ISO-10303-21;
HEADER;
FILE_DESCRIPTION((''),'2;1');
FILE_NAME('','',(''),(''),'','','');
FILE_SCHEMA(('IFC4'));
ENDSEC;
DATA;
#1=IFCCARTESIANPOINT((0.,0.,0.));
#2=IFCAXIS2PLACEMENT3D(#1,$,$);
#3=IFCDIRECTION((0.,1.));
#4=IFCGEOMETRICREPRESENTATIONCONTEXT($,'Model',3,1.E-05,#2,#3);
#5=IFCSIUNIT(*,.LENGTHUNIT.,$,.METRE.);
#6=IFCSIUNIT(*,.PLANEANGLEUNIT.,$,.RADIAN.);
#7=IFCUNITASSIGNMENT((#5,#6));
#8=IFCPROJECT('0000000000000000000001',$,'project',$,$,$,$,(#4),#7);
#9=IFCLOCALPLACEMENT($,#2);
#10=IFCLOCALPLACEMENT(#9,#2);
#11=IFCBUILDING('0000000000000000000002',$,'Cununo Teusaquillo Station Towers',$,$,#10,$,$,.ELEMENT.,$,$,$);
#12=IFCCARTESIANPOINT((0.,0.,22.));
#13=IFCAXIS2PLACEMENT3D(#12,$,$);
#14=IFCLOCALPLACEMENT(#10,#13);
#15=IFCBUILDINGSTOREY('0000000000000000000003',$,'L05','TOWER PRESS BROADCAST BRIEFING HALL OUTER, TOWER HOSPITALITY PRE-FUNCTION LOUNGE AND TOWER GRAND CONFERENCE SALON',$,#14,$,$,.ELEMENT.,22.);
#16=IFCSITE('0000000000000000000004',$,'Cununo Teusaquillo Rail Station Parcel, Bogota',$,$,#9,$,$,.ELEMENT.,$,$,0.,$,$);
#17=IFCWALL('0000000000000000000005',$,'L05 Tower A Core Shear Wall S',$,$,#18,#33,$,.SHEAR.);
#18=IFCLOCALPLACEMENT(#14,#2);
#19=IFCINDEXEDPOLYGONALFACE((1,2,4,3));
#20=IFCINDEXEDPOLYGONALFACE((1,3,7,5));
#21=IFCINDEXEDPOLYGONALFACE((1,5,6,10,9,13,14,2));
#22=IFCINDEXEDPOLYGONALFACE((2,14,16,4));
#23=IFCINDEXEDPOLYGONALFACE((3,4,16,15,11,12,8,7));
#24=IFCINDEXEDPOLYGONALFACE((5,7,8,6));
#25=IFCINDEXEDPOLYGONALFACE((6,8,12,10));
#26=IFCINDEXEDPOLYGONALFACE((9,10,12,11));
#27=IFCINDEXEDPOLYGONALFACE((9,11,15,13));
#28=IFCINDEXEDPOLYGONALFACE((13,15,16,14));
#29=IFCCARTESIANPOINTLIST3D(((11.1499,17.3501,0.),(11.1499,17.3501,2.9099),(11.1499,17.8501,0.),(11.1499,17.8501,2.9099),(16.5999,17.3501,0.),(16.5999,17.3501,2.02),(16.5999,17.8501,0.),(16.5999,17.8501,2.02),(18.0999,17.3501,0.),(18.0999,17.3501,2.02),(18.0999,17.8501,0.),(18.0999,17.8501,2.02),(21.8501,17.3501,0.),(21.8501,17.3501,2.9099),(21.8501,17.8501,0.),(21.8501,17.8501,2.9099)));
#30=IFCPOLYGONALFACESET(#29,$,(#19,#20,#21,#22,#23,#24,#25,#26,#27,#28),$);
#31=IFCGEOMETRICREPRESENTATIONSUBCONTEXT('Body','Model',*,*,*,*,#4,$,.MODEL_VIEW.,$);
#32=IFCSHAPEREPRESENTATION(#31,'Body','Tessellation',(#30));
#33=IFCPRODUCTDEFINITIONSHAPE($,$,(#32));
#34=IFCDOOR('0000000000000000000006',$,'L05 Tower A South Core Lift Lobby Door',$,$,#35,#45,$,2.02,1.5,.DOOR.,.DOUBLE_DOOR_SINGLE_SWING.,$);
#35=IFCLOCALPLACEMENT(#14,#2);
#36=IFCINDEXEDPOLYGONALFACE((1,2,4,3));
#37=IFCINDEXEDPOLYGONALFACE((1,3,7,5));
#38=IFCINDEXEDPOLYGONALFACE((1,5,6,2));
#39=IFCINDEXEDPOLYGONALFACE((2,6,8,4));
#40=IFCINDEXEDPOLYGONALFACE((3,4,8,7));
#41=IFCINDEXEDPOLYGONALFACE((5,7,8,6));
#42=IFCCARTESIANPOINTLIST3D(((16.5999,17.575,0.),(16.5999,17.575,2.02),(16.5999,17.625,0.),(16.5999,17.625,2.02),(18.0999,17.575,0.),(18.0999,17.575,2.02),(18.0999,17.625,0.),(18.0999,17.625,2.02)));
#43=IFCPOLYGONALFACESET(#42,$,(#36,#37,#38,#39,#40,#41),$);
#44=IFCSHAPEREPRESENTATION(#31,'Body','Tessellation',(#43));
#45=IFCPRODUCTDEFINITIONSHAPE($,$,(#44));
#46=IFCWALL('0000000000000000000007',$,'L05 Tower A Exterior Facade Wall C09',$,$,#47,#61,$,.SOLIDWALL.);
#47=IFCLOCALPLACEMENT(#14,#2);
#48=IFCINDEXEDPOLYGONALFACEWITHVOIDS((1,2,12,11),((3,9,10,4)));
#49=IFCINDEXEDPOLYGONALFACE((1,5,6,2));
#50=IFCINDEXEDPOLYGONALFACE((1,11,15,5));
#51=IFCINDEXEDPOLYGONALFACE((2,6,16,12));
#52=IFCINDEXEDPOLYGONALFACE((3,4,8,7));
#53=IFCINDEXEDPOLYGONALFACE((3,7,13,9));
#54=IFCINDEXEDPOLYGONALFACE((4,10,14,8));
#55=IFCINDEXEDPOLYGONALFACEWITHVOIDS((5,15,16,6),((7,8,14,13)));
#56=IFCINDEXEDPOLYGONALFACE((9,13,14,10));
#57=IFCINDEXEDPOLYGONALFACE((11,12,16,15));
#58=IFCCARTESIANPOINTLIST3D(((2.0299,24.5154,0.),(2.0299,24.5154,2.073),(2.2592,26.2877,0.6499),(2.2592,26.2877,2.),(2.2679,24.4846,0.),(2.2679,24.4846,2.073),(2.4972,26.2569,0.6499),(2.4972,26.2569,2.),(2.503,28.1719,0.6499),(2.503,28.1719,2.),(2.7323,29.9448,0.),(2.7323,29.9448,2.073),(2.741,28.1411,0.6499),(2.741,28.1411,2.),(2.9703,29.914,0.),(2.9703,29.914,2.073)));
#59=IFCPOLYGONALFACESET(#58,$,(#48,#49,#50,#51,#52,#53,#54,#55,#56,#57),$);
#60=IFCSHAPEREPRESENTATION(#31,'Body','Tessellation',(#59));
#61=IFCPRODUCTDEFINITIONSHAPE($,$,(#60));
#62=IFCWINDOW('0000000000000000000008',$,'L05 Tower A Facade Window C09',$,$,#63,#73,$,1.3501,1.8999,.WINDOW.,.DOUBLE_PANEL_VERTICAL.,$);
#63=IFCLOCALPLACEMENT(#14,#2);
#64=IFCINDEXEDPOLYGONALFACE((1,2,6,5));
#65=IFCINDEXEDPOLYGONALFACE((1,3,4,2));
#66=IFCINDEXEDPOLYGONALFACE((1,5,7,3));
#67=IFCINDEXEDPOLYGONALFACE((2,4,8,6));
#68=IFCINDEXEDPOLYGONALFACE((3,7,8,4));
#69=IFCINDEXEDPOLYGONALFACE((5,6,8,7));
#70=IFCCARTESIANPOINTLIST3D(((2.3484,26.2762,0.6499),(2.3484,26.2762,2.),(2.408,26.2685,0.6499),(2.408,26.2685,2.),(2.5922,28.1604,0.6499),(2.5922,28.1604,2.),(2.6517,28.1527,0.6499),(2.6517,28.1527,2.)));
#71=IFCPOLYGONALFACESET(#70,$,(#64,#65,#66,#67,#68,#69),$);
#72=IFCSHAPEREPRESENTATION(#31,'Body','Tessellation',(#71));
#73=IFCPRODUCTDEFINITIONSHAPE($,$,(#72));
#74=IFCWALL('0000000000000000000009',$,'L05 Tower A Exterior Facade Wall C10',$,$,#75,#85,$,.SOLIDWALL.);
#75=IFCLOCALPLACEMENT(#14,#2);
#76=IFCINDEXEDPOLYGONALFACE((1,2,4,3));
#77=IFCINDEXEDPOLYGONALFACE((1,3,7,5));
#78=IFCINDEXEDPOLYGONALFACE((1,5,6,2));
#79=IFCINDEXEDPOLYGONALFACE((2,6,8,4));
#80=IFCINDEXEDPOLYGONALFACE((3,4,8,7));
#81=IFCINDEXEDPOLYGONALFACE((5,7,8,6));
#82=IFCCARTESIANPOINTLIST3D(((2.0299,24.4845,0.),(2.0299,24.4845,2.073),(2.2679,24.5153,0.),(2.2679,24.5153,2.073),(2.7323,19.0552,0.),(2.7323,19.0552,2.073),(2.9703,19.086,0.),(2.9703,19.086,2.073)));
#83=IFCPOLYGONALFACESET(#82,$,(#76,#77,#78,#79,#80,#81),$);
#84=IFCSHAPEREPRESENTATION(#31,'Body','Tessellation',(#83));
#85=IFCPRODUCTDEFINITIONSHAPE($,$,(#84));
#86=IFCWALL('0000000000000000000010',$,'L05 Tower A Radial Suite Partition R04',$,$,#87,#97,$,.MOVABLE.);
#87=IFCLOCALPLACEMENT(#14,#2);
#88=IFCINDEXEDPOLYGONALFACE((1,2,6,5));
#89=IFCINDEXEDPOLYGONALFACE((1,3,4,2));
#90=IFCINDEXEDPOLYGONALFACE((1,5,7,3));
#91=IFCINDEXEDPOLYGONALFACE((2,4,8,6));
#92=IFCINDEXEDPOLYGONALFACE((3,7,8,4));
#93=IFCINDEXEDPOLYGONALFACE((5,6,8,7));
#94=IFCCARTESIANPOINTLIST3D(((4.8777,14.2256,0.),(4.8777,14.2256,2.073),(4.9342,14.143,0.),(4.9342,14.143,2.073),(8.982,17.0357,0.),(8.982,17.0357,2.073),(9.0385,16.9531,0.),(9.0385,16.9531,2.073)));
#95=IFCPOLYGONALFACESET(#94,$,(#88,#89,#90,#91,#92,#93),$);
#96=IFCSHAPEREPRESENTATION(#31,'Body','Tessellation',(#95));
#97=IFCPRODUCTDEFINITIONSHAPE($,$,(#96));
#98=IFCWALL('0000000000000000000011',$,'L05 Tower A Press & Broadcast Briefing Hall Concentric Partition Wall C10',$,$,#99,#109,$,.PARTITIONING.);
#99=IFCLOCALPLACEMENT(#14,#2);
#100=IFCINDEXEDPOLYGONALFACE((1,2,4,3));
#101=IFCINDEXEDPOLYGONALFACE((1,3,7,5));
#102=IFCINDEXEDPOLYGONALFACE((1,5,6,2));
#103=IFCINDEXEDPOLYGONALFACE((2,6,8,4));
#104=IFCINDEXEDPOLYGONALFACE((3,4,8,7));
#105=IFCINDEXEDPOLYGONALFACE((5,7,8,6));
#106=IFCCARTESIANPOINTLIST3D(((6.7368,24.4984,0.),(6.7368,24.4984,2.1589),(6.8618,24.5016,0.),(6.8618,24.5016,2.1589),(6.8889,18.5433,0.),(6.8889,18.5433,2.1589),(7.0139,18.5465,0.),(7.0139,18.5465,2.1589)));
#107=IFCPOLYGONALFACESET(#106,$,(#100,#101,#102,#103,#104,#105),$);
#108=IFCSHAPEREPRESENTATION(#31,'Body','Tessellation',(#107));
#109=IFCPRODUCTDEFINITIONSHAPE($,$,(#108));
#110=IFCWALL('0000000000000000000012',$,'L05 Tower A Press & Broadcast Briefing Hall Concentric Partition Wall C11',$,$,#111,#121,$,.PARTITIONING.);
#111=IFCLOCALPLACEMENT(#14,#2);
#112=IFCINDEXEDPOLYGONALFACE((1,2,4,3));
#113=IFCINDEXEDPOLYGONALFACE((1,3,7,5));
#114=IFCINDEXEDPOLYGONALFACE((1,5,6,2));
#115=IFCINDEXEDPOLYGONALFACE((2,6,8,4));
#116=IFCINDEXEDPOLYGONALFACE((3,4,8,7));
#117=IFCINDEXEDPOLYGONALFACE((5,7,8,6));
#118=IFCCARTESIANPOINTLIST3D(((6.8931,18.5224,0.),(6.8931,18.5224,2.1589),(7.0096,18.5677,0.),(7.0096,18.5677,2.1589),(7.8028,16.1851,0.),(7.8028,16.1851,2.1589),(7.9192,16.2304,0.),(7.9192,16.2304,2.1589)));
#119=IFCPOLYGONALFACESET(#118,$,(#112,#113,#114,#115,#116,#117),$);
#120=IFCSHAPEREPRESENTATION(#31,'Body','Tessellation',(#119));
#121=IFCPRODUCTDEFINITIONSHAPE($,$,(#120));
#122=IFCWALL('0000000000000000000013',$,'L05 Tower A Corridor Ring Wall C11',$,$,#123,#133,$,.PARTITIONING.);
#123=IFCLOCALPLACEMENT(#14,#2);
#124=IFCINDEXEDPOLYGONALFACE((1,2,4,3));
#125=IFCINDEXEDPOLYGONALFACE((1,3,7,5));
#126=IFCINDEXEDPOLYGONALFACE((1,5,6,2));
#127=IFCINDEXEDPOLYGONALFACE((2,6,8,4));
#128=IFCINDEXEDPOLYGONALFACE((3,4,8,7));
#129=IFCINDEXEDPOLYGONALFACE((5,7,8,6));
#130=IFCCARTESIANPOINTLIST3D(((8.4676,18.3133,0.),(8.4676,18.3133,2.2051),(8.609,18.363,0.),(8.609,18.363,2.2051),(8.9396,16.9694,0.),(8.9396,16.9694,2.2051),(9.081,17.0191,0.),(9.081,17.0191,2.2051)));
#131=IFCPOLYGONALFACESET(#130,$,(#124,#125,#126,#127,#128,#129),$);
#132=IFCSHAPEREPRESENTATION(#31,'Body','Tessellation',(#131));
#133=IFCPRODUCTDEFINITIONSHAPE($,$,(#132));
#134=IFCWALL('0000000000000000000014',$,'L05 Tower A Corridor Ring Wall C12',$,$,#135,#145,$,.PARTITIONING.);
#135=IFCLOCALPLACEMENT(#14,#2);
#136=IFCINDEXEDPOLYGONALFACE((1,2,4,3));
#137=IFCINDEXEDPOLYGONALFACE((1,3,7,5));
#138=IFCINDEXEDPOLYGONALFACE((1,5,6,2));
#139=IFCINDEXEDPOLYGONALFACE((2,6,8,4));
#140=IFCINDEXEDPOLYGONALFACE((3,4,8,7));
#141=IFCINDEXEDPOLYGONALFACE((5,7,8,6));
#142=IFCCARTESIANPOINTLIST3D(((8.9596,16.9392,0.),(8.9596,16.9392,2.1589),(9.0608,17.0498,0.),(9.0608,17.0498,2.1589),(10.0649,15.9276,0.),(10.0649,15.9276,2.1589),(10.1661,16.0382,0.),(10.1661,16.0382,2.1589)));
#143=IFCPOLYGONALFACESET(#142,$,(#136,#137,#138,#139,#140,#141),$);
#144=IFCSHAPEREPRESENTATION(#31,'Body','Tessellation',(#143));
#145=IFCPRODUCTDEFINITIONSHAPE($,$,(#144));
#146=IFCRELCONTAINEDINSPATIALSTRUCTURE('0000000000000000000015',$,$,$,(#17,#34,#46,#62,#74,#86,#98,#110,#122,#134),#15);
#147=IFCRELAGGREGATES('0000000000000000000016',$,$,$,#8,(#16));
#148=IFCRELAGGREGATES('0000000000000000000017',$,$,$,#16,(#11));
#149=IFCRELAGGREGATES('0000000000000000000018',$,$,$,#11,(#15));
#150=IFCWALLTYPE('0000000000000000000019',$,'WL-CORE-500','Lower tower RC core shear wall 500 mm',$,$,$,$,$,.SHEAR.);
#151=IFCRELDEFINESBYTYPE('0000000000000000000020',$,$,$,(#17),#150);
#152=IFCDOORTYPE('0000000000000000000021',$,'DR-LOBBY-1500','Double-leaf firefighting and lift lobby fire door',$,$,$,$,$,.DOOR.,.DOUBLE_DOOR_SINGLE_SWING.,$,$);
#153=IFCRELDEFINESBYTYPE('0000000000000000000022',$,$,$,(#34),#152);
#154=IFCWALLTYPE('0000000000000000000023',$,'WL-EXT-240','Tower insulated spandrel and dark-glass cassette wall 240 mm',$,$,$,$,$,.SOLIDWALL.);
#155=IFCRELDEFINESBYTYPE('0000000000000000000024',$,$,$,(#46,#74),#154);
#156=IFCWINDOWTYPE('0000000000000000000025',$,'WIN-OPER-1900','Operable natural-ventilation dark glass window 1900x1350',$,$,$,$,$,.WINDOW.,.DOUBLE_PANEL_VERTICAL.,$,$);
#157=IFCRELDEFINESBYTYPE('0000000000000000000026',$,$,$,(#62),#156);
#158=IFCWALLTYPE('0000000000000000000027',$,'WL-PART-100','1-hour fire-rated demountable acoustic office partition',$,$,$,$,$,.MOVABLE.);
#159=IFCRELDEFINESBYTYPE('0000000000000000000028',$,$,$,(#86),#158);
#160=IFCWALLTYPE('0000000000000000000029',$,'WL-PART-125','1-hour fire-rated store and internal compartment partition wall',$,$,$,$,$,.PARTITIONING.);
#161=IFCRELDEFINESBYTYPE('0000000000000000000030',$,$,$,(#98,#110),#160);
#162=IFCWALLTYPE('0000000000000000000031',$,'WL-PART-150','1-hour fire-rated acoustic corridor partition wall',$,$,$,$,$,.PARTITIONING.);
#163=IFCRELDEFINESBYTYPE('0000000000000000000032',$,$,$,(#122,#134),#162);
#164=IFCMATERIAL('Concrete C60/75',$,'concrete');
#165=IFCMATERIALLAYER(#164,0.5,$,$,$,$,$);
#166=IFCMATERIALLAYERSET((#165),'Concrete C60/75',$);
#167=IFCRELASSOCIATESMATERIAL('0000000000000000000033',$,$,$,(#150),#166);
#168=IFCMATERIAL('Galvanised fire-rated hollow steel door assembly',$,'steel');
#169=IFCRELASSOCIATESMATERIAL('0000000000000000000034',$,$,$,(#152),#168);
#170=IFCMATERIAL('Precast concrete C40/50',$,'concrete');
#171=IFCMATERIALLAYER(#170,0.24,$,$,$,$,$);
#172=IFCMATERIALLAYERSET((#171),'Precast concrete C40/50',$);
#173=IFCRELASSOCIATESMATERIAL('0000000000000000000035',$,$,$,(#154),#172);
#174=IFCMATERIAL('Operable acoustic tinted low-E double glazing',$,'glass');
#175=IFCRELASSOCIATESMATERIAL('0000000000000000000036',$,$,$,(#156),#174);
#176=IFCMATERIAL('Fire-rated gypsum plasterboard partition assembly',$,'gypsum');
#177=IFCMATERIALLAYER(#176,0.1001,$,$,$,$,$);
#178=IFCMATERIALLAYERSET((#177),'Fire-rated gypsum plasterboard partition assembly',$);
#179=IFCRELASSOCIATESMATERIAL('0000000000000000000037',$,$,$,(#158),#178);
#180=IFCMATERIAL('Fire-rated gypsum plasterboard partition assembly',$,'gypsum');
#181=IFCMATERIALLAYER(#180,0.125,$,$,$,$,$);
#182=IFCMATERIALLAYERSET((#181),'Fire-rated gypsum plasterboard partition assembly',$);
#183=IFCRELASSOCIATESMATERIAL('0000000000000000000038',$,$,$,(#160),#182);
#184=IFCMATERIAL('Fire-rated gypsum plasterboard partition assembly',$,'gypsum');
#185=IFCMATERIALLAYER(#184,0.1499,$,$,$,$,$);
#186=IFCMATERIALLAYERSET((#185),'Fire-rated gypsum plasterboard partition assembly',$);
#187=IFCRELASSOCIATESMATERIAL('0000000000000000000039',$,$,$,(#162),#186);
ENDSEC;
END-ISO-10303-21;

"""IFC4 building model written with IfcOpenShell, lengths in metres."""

from ifc_helpers import new_model, si_unit, direction, frame, frame_2d, origin, place, context, subcontext, project, spatial, rectangle, extrude, source, transform, mapped, material, layer, layer_set, type_object, element, fill, save


model = new_model("IFC4")

# Units and contexts
model_context = context("Model", 3, precision=1e-05, world=origin(), true_north=direction((0.0, 1.0)))
body_context = subcontext(model_context, "Body", "Model", "MODEL_VIEW")
ifc_project = project(units=[si_unit("LENGTHUNIT", "METRE"), si_unit("PLANEANGLEUNIT", "RADIAN")], contexts=[model_context])

# Site, building, storey
site_placement = place(None, origin())
site = spatial("IfcSite", under=ifc_project, at=site_placement, Name="Cununo Teusaquillo Rail Station Parcel, Bogota", CompositionType="ELEMENT", RefElevation=0.0)
building_placement = place(site_placement, origin())
building = spatial("IfcBuilding", under=site, at=building_placement, Name="Cununo Teusaquillo Station Towers", CompositionType="ELEMENT")
storey_placement = place(building_placement, frame((0.0, 0.0, 22.0)))
storey = spatial("IfcBuildingStorey", under=building, at=storey_placement, Name="L05", Description="TOWER PRESS BROADCAST BRIEFING HALL OUTER, TOWER HOSPITALITY PRE-FUNCTION LOUNGE AND TOWER GRAND CONFERENCE SALON", CompositionType="ELEMENT", Elevation=22.0)

# Shared definitions
ifc_material_1 = material(Name="Concrete C60/75", Category="concrete")
ifc_layer_1 = layer(ifc_material_1, 0.5)
ifc_layer_set_1 = layer_set([ifc_layer_1], Name="Concrete C60/75")
wall_type_1 = type_object("IfcWallType", Name="WL-CORE-500", Description="Lower tower RC core shear wall 500 mm", PredefinedType="SHEAR", material=ifc_layer_set_1)

# Wall, opening, door
wall_1_placement = place(storey_placement, frame((11.1499, 17.6001, 0.0), z_axis=(0.0, 0.0, 1.0), x_axis=(1.0, 0.0, 0.0)))
wall_1 = element("IfcWall", 1, at=wall_1_placement, inside=storey, type_object=wall_type_1, Name="L05 Tower A Core Shear Wall S", PredefinedType="SHEAR", context=body_context, shape_type="SweptSolid", body=[
    extrude(rectangle(XDim=10.7002, YDim=0.5, at=frame_2d((5.3501, 0.0))), origin(), (0.0, 0.0, 1.0), 2.9099),
])
shared_shape_1 = source(origin(), body_context, "Body", "SweptSolid", [
    extrude(rectangle(XDim=1.5, YDim=2.02, at=frame_2d((0.75, 1.01))), frame((0.0, 0.26, 0.0), z_axis=(0.0, -1.0, 0.0), x_axis=(1.0, 0.0, 0.0)), (0.0, 0.0, 1.0), 0.52),
])
opening_1_placement = place(wall_1_placement, frame((5.45, 0.0, 0.0)))
opening_1 = element("IfcOpeningElement", 2, at=opening_1_placement, cuts=wall_1, PredefinedType="OPENING", context=body_context, shape_type="MappedRepresentation", body=[
    mapped(shared_shape_1, transform((0.0, 0.0, 0.0), x_axis=(1.0, 0.0, 0.0), y_axis=(0.0, 1.0, 0.0), z_axis=(0.0, 0.0, 1.0), scale=1.0)),
])
ifc_material_2 = material(Name="Galvanised fire-rated hollow steel door assembly", Category="steel")
door_type = type_object("IfcDoorType", Name="DR-LOBBY-1500", Description="Double-leaf firefighting and lift lobby fire door", OperationType="DOUBLE_DOOR_SINGLE_SWING", PredefinedType="DOOR", material=ifc_material_2)
shared_shape_2 = source(origin(), body_context, "Body", "SweptSolid", [
    extrude(rectangle(XDim=1.5, YDim=2.02, at=frame_2d((0.75, 1.01))), frame((0.0, 0.0249, 0.0), z_axis=(0.0, -1.0, 0.0), x_axis=(1.0, 0.0, 0.0)), (0.0, 0.0, 1.0), 0.05),
])
door_placement = place(opening_1_placement, origin())
door = element("IfcDoor", 3, at=door_placement, inside=storey, type_object=door_type, Name="L05 Tower A South Core Lift Lobby Door", OperationType="DOUBLE_DOOR_SINGLE_SWING", OverallHeight=2.02, OverallWidth=1.5, PredefinedType="DOOR", context=body_context, shape_type="MappedRepresentation", body=[
    mapped(shared_shape_2, transform((0.0, 0.0, 0.0), x_axis=(1.0, 0.0, 0.0), y_axis=(0.0, 1.0, 0.0), z_axis=(0.0, 0.0, 1.0), scale=1.0)),
])
fill(opening_1, door)

# Wall, opening, window
ifc_material_3 = material(Name="Precast concrete C40/50", Category="concrete")
ifc_layer_2 = layer(ifc_material_3, 0.24)
ifc_layer_set_2 = layer_set([ifc_layer_2], Name="Precast concrete C40/50")
wall_type_2 = type_object("IfcWallType", Name="WL-EXT-240", Description="Tower insulated spandrel and dark-glass cassette wall 240 mm", PredefinedType="SOLIDWALL", material=ifc_layer_set_2)
wall_2_placement = place(storey_placement, frame((2.1489, 24.5, 0.0), z_axis=(0.0, 0.0, 1.0), x_axis=(0.128298, 0.991736, 0.0)))
wall_2 = element("IfcWall", 4, at=wall_2_placement, inside=storey, type_object=wall_type_2, Name="L05 Tower A Exterior Facade Wall C09", PredefinedType="SOLIDWALL", context=body_context, shape_type="SweptSolid", body=[
    extrude(rectangle(XDim=5.4746, YDim=0.24, at=frame_2d((2.7373, 0.0))), origin(), (0.0, 0.0, 1.0), 2.073),
])
shared_shape_3 = source(origin(), body_context, "Body", "SweptSolid", [
    extrude(rectangle(XDim=1.8999, YDim=1.3501, at=frame_2d((0.95, 0.675))), frame((0.0, 0.1299, 0.0), z_axis=(0.0, -1.0, 0.0), x_axis=(1.0, 0.0, 0.0)), (0.0, 0.0, 1.0), 0.26),
])
opening_2_placement = place(wall_2_placement, frame((1.7871, 0.0, 0.6499)))
opening_2 = element("IfcOpeningElement", 5, at=opening_2_placement, cuts=wall_2, PredefinedType="OPENING", context=body_context, shape_type="MappedRepresentation", body=[
    mapped(shared_shape_3, transform((0.0, 0.0, 0.0), x_axis=(1.0, 0.0, 0.0), y_axis=(0.0, 1.0, 0.0), z_axis=(0.0, 0.0, 1.0), scale=1.0)),
])
ifc_material_4 = material(Name="Operable acoustic tinted low-E double glazing", Category="glass")
window_type = type_object("IfcWindowType", Name="WIN-OPER-1900", Description="Operable natural-ventilation dark glass window 1900x1350", PartitioningType="DOUBLE_PANEL_VERTICAL", PredefinedType="WINDOW", material=ifc_material_4)
shared_shape_4 = source(origin(), body_context, "Body", "SweptSolid", [
    extrude(rectangle(XDim=1.8999, YDim=1.3501, at=frame_2d((0.95, 0.675))), frame((0.0, 0.03, 0.0), z_axis=(0.0, -1.0, 0.0), x_axis=(1.0, 0.0, 0.0)), (0.0, 0.0, 1.0), 0.0601),
])
window_placement = place(opening_2_placement, origin())
window = element("IfcWindow", 6, at=window_placement, inside=storey, type_object=window_type, Name="L05 Tower A Facade Window C09", OverallHeight=1.3501, OverallWidth=1.8999, PartitioningType="DOUBLE_PANEL_VERTICAL", PredefinedType="WINDOW", context=body_context, shape_type="MappedRepresentation", body=[
    mapped(shared_shape_4, transform((0.0, 0.0, 0.0), x_axis=(1.0, 0.0, 0.0), y_axis=(0.0, 1.0, 0.0), z_axis=(0.0, 0.0, 1.0), scale=1.0)),
])
fill(opening_2, window)

# Walls
wall_3_placement = place(storey_placement, frame((2.8513, 19.0706, 0.0), z_axis=(0.0, 0.0, 1.0), x_axis=(-0.128298, 0.991736, 0.0)))
element("IfcWall", 7, at=wall_3_placement, inside=storey, type_object=wall_type_2, Name="L05 Tower A Exterior Facade Wall C10", PredefinedType="SOLIDWALL", context=body_context, shape_type="SweptSolid", body=[
    extrude(rectangle(XDim=5.4746, YDim=0.24, at=frame_2d((2.7373, 0.0))), origin(), (0.0, 0.0, 1.0), 2.073),
])
ifc_material_5 = material(Name="Fire-rated gypsum plasterboard partition assembly", Category="gypsum")
ifc_layer_3 = layer(ifc_material_5, 0.1001)
ifc_layer_set_3 = layer_set([ifc_layer_3], Name="Fire-rated gypsum plasterboard partition assembly")
wall_type_3 = type_object("IfcWallType", Name="WL-PART-100", Description="1-hour fire-rated demountable acoustic office partition", PredefinedType="MOVABLE", material=ifc_layer_set_3)
wall_4_placement = place(storey_placement, frame((9.0103, 16.9944, 0.0), z_axis=(0.0, 0.0, 1.0), x_axis=(-0.82513, -0.564943, 0.0)))
element("IfcWall", 8, at=wall_4_placement, inside=storey, type_object=wall_type_3, Name="L05 Tower A Radial Suite Partition R04", PredefinedType="MOVABLE", context=body_context, shape_type="SweptSolid", body=[
    extrude(rectangle(XDim=4.9741, YDim=0.1001, at=frame_2d((2.4871, 0.0))), origin(), (0.0, 0.0, 1.0), 2.073),
])
ifc_material_6 = material(Name="Fire-rated gypsum plasterboard partition assembly", Category="gypsum")
ifc_layer_4 = layer(ifc_material_6, 0.125)
ifc_layer_set_4 = layer_set([ifc_layer_4], Name="Fire-rated gypsum plasterboard partition assembly")
wall_type_4 = type_object("IfcWallType", Name="WL-PART-125", Description="1-hour fire-rated store and internal compartment partition wall", PredefinedType="PARTITIONING", material=ifc_layer_set_4)
wall_5_placement = place(storey_placement, frame((6.7993, 24.5, 0.0), z_axis=(0.0, 0.0, 1.0), x_axis=(0.025533, -0.999674, 0.0)))
element("IfcWall", 9, at=wall_5_placement, inside=storey, type_object=wall_type_4, Name="L05 Tower A Press & Broadcast Briefing Hall Concentric Partition Wall C10", PredefinedType="PARTITIONING", context=body_context, shape_type="SweptSolid", body=[
    extrude(rectangle(XDim=5.957, YDim=0.125, at=frame_2d((2.9785, 0.0))), origin(), (0.0, 0.0, 1.0), 2.1589),
])
wall_6_placement = place(storey_placement, frame((6.9514, 18.5449, 0.0), z_axis=(0.0, 0.0, 1.0), x_axis=(0.362681, -0.931913, 0.0)))
element("IfcWall", 10, at=wall_6_placement, inside=storey, type_object=wall_type_4, Name="L05 Tower A Press & Broadcast Briefing Hall Concentric Partition Wall C11", PredefinedType="PARTITIONING", context=body_context, shape_type="SweptSolid", body=[
    extrude(rectangle(XDim=2.5081, YDim=0.125, at=frame_2d((1.2539, 0.0))), origin(), (0.0, 0.0, 1.0), 2.1589),
])
ifc_material_7 = material(Name="Fire-rated gypsum plasterboard partition assembly", Category="gypsum")
ifc_layer_5 = layer(ifc_material_7, 0.1499)
ifc_layer_set_5 = layer_set([ifc_layer_5], Name="Fire-rated gypsum plasterboard partition assembly")
wall_type_5 = type_object("IfcWallType", Name="WL-PART-150", Description="1-hour fire-rated acoustic corridor partition wall", PredefinedType="PARTITIONING", material=ifc_layer_set_5)
wall_7_placement = place(storey_placement, frame((8.5383, 18.3381, 0.0), z_axis=(0.0, 0.0, 1.0), x_axis=(0.331358, -0.943505, 0.0)))
element("IfcWall", 11, at=wall_7_placement, inside=storey, type_object=wall_type_5, Name="L05 Tower A Corridor Ring Wall C11", PredefinedType="PARTITIONING", context=body_context, shape_type="SweptSolid", body=[
    extrude(rectangle(XDim=1.4243, YDim=0.1499, at=frame_2d((0.7122, 0.0))), origin(), (0.0, 0.0, 1.0), 2.2051),
])
wall_8_placement = place(storey_placement, frame((9.0103, 16.9944, 0.0), z_axis=(0.0, 0.0, 1.0), x_axis=(0.737702, -0.675127, 0.0)))
element("IfcWall", 12, at=wall_8_placement, inside=storey, type_object=wall_type_5, Name="L05 Tower A Corridor Ring Wall C12", PredefinedType="PARTITIONING", context=body_context, shape_type="SweptSolid", body=[
    extrude(rectangle(XDim=1.4983, YDim=0.1499, at=frame_2d((0.749, 0.0))), origin(), (0.0, 0.0, 1.0), 2.1589),
])

save(model, "model.ifc")
